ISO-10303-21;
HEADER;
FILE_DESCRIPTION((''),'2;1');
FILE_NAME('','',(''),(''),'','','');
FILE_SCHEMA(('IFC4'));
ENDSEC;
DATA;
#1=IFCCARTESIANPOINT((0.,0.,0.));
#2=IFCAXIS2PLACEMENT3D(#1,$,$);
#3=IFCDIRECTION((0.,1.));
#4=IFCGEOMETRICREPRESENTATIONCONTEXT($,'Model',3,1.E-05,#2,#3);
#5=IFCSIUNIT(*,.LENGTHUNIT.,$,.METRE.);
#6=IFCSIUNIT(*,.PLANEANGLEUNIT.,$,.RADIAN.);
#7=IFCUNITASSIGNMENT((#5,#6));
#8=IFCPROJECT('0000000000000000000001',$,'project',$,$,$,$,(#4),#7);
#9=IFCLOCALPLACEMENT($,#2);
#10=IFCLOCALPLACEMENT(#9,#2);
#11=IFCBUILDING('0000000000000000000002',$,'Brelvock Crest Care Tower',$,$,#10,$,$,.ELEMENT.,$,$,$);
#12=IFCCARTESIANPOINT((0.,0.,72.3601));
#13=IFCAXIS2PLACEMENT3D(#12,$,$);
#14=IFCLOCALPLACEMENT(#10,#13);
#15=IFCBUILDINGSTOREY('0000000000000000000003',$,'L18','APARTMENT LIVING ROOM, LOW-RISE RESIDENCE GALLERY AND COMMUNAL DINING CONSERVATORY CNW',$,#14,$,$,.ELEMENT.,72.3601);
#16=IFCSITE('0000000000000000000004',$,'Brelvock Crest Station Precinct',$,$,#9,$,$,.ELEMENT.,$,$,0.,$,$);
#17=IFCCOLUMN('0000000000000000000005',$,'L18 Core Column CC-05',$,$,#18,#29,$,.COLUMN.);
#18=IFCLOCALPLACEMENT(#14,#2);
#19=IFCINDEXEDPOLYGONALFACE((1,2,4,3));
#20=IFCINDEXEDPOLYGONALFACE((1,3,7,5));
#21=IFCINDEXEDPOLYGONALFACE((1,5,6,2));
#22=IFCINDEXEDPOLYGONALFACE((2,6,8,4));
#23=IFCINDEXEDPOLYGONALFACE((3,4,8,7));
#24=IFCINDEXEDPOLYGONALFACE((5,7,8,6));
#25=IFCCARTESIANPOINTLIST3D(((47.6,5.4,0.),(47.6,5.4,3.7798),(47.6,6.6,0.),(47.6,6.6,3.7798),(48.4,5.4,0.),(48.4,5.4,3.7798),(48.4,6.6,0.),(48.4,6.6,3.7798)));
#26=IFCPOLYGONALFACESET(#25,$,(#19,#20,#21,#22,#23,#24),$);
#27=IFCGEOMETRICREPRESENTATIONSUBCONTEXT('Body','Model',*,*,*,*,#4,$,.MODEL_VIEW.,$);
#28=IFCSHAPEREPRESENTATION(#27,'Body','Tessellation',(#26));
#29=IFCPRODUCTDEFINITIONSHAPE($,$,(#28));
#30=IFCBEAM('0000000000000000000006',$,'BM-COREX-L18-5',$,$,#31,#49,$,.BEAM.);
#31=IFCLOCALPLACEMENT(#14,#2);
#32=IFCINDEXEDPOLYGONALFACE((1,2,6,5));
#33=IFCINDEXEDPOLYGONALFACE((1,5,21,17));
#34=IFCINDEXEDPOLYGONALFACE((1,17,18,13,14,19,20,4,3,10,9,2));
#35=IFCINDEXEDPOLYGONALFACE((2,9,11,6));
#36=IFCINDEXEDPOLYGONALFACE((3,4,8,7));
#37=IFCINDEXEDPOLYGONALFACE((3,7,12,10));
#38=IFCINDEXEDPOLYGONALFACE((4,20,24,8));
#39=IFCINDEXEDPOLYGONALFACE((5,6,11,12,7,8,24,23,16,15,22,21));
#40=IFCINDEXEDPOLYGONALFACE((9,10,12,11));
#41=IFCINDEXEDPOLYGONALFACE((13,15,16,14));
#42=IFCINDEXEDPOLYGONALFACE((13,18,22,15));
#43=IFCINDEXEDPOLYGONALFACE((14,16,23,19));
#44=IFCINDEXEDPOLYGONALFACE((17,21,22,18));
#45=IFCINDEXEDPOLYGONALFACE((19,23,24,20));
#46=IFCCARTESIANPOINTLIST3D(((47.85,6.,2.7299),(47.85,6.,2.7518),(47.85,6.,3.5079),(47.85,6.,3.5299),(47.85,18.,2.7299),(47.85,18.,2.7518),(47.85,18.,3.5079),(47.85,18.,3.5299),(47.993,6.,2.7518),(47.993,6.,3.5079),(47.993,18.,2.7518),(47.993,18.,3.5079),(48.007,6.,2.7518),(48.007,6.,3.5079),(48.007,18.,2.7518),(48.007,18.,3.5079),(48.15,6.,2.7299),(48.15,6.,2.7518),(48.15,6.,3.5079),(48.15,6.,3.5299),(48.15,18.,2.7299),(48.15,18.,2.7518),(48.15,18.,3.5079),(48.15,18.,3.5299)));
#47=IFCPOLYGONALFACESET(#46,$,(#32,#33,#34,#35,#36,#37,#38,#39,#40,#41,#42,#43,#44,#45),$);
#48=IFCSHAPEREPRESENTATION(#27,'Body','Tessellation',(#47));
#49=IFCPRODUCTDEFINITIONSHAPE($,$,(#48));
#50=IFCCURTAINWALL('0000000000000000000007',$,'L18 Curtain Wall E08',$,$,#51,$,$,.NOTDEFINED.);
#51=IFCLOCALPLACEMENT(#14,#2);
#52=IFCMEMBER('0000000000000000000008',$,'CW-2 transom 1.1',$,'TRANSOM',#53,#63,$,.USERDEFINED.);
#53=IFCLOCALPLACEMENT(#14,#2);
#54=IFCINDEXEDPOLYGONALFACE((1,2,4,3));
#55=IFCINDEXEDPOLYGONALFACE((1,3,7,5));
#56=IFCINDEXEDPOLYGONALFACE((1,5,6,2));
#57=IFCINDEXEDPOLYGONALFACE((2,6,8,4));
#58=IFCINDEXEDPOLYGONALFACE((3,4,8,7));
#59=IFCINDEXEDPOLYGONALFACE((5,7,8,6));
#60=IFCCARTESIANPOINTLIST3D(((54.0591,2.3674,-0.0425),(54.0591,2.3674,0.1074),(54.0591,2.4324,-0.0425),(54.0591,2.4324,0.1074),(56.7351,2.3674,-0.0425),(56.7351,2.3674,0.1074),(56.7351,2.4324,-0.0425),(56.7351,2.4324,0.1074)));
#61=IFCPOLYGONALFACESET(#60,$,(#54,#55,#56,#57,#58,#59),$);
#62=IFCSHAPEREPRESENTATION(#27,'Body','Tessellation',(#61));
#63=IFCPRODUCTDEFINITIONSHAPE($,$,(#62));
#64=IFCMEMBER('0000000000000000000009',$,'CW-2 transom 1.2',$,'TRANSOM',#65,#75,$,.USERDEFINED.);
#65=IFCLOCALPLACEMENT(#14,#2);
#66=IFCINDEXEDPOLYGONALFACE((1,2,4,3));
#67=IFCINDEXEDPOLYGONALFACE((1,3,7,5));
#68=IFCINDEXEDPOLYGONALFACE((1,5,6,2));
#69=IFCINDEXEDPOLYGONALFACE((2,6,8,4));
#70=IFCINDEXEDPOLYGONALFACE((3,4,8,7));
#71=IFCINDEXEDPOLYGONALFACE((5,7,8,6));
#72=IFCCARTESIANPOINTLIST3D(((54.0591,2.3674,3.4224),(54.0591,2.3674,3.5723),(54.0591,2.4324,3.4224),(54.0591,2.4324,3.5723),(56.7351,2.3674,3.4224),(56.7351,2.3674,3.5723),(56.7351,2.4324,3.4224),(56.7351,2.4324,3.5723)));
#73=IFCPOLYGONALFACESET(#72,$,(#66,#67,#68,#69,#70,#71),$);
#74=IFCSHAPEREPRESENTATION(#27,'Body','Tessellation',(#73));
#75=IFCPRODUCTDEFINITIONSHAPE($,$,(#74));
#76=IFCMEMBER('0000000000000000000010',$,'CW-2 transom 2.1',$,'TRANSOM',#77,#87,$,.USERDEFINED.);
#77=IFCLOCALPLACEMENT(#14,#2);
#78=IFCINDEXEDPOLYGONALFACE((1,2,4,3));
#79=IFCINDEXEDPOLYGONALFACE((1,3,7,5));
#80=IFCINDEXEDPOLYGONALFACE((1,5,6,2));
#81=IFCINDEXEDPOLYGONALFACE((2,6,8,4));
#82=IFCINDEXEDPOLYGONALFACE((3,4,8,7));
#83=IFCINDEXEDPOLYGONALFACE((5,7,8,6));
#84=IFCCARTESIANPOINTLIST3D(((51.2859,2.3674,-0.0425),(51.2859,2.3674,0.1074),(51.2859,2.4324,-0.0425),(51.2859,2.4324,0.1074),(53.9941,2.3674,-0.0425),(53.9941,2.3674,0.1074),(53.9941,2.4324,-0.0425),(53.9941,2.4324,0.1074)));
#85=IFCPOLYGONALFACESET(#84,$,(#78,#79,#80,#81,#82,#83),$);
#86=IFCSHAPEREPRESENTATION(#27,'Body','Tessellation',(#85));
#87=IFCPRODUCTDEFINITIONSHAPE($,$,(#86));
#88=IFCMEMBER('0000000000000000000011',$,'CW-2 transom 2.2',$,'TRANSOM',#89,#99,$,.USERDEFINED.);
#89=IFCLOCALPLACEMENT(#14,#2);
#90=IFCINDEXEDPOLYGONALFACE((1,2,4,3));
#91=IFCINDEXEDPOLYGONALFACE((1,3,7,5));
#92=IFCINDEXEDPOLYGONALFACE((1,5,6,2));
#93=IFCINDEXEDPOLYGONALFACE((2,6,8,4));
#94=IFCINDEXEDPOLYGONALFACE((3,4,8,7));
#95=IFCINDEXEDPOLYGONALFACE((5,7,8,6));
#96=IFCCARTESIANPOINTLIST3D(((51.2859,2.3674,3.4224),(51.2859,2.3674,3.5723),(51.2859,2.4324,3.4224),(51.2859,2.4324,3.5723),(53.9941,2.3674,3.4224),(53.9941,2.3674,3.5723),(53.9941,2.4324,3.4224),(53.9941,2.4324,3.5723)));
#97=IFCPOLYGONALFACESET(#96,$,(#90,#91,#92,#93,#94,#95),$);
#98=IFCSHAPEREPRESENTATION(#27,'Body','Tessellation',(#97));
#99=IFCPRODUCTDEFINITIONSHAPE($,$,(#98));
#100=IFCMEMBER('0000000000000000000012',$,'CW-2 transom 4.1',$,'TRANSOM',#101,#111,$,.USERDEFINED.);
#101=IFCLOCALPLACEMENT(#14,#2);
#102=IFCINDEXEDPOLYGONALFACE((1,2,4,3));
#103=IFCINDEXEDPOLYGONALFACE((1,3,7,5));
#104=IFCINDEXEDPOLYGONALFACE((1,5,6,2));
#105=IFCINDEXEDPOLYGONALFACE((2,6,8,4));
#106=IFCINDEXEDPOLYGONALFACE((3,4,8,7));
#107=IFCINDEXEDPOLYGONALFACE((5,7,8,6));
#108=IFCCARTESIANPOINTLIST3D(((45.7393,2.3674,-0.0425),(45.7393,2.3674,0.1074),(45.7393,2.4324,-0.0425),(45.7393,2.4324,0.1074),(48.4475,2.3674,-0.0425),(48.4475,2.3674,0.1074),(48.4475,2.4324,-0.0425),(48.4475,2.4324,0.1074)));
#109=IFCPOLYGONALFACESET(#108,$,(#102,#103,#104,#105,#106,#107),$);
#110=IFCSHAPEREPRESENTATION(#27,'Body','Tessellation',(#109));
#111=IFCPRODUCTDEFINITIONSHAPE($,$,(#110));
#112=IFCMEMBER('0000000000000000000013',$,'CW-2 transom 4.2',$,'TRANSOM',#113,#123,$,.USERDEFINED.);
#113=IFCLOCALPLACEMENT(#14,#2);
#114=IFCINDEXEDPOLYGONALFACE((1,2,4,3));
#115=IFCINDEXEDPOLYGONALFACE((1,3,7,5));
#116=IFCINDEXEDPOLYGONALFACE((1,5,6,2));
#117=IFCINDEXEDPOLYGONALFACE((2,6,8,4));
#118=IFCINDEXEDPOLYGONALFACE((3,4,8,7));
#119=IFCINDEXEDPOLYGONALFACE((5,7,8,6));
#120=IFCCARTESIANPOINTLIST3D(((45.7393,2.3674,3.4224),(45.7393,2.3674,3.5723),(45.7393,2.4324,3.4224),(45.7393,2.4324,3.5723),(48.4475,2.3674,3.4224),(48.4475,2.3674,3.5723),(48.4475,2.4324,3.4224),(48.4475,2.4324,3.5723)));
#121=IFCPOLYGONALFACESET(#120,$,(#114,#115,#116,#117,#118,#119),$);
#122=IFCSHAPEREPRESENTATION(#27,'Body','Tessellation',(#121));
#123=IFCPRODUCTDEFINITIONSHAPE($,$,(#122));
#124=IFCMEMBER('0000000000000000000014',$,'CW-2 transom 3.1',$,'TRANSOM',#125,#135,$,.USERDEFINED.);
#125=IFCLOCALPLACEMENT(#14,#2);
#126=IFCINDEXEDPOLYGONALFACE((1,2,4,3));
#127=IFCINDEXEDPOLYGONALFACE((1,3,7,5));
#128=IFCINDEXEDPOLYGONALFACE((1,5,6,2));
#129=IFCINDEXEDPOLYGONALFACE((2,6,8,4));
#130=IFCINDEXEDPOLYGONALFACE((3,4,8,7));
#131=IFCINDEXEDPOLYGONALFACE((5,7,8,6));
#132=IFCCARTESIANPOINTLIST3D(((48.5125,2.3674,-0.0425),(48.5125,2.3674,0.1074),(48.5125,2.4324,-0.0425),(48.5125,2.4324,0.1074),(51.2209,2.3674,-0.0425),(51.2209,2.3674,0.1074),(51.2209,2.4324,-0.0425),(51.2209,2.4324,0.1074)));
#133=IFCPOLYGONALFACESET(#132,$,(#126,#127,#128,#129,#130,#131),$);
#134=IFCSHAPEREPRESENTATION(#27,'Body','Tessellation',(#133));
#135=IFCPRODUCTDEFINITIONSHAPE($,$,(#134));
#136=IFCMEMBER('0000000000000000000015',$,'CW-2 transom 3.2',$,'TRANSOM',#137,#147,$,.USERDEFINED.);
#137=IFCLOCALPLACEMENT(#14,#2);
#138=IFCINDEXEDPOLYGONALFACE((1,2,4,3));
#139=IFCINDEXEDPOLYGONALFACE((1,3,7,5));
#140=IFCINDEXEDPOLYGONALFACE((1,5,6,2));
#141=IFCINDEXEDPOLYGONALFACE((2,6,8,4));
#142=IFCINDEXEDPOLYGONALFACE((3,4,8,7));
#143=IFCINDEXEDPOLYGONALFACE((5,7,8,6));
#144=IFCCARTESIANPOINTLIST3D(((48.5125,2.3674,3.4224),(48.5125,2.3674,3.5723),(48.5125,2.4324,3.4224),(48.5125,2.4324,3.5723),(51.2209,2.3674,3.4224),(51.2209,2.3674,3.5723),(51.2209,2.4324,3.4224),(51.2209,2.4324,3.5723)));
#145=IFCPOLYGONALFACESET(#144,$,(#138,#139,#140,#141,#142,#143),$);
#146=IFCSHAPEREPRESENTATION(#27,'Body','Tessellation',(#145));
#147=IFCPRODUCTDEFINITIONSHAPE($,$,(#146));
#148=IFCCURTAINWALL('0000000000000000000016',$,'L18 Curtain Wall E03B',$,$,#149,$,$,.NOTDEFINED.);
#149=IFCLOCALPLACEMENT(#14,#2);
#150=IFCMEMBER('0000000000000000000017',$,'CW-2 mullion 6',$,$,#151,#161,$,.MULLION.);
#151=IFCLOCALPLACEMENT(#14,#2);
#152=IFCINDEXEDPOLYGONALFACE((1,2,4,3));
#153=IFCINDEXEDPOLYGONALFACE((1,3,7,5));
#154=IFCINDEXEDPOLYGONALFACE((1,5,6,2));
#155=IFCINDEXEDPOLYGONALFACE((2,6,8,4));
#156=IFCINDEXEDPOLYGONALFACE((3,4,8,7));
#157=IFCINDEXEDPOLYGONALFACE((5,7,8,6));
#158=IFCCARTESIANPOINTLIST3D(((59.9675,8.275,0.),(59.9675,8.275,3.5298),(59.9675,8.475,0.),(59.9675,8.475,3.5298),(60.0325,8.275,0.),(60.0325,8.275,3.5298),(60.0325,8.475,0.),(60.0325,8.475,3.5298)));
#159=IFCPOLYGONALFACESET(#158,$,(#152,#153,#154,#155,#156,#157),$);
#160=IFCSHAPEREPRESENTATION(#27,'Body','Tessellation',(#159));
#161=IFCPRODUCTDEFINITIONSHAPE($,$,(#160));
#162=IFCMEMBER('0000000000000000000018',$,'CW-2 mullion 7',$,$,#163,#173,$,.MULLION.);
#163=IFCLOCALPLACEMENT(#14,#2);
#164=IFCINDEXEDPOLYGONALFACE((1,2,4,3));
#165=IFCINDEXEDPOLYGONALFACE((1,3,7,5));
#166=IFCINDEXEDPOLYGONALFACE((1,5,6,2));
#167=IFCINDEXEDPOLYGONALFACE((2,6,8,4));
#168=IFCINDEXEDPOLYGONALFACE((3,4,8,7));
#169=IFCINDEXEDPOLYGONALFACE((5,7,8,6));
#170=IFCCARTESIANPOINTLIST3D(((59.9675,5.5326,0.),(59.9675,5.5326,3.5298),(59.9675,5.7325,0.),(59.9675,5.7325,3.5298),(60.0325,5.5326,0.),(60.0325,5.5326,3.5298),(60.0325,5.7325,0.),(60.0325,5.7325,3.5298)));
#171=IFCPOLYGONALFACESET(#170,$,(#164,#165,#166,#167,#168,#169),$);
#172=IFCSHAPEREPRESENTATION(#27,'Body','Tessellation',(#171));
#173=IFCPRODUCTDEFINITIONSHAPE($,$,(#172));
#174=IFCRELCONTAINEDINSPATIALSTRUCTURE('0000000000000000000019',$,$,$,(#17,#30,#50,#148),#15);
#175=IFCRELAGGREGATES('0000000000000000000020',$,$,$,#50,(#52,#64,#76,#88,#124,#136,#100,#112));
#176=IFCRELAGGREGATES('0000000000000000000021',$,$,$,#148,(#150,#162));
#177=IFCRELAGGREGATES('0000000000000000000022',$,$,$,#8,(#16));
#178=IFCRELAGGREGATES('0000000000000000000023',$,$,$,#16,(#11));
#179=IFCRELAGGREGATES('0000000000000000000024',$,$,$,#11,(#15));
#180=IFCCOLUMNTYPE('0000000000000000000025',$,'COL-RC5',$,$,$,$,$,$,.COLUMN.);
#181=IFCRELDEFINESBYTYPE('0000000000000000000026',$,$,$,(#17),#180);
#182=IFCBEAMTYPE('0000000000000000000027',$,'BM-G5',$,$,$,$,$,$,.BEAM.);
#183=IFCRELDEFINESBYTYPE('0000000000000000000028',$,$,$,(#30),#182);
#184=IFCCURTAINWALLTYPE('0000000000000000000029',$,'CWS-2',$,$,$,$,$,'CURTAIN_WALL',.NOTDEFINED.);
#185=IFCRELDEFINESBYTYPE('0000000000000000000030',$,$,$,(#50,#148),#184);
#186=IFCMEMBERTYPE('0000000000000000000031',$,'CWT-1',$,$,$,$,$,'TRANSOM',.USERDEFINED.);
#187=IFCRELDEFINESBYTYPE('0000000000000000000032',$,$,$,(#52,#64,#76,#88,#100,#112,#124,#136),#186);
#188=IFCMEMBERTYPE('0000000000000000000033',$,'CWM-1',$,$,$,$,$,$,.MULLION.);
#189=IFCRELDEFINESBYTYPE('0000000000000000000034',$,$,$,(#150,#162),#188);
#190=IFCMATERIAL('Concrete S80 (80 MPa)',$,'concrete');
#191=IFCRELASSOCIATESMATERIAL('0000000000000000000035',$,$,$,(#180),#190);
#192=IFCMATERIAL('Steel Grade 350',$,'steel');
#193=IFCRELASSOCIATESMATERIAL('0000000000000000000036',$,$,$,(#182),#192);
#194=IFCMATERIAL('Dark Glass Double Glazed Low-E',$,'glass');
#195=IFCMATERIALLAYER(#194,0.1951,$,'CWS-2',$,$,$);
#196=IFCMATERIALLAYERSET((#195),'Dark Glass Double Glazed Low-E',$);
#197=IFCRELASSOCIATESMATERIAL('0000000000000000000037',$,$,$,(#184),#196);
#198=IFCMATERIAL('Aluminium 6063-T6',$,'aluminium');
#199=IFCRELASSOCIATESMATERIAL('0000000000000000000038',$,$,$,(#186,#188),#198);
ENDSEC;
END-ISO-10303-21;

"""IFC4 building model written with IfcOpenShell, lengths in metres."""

from ifc_helpers import new_model, si_unit, direction, frame, origin, origin_2d, place, context, subcontext, project, spatial, rectangle, i_section, extrude, source, transform, mapped, material, layer, layer_set, material_profile, profile_set, type_object, element, aggregate, save


model = new_model("IFC4")

# Units and contexts
model_context = context("Model", 3, precision=1e-05, world=origin(), true_north=direction((0.0, 1.0)))
body_context = subcontext(model_context, "Body", "Model", "MODEL_VIEW")
ifc_project = project(units=[si_unit("LENGTHUNIT", "METRE"), si_unit("PLANEANGLEUNIT", "RADIAN")], contexts=[model_context])

# Site, building, storey
site_placement = place(None, origin())
site = spatial("IfcSite", under=ifc_project, at=site_placement, Name="Brelvock Crest Station Precinct", CompositionType="ELEMENT", RefElevation=0.0)
building_placement = place(site_placement, origin())
building = spatial("IfcBuilding", under=site, at=building_placement, Name="Brelvock Crest Care Tower", CompositionType="ELEMENT")
storey_placement = place(building_placement, frame((0.0, 0.0, 72.3601)))
storey = spatial("IfcBuildingStorey", under=building, at=storey_placement, Name="L18", Description="APARTMENT LIVING ROOM, LOW-RISE RESIDENCE GALLERY AND COMMUNAL DINING CONSERVATORY CNW", CompositionType="ELEMENT", Elevation=72.3601)

# Column
ifc_material_1 = material(Name="Concrete S80 (80 MPa)", Category="concrete")
ifc_material_profile_1 = material_profile(ifc_material_1, rectangle(XDim=0.8, YDim=1.2, at=origin_2d()), Name="RC800x1200")
ifc_profile_set_1 = profile_set([ifc_material_profile_1], Name="Concrete S80 (80 MPa)")
column_type = type_object("IfcColumnType", Name="COL-RC5", PredefinedType="COLUMN", material=ifc_profile_set_1)
shared_shape_1 = source(origin(), body_context, "Body", "SweptSolid", [
    extrude(rectangle(XDim=0.8, YDim=1.2, at=origin_2d()), origin(), (0.0, 0.0, 1.0), 3.7798),
])
column_placement = place(storey_placement, frame((48.0, 6.0, 0.0), z_axis=(0.0, 0.0, 1.0), x_axis=(1.0, 0.0, 0.0)))
element("IfcColumn", 1, at=column_placement, inside=storey, type_object=column_type, Name="L18 Core Column CC-05", PredefinedType="COLUMN", context=body_context, shape_type="MappedRepresentation", body=[
    mapped(shared_shape_1, transform((0.0, 0.0, 0.0), x_axis=(1.0, 0.0, 0.0), y_axis=(0.0, 1.0, 0.0), z_axis=(0.0, 0.0, 1.0), scale=1.0)),
])

# Beam
ifc_material_2 = material(Name="Steel Grade 350", Category="steel")
ifc_material_profile_2 = material_profile(ifc_material_2, i_section(OverallWidth=0.3, OverallDepth=0.8, WebThickness=0.0139, FlangeThickness=0.022, at=origin_2d()), Name="800WB192")
ifc_profile_set_2 = profile_set([ifc_material_profile_2], Name="Steel Grade 350")
beam_type = type_object("IfcBeamType", Name="BM-G5", PredefinedType="BEAM", material=ifc_profile_set_2)
shared_shape_2 = source(origin(), body_context, "Body", "SweptSolid", [
    extrude(i_section(OverallWidth=0.3, OverallDepth=0.8, WebThickness=0.0139, FlangeThickness=0.022, at=origin_2d()), origin(), (0.0, 0.0, 1.0), 12.0),
])
beam_placement = place(storey_placement, frame((48.0, 6.0, 3.1299), z_axis=(0.0, 1.0, 0.0), x_axis=(-1.0, 0.0, 0.0)))
element("IfcBeam", 2, at=beam_placement, inside=storey, type_object=beam_type, Name="BM-COREX-L18-5", PredefinedType="BEAM", context=body_context, shape_type="MappedRepresentation", body=[
    mapped(shared_shape_2, transform((0.0, 0.0, 0.0), x_axis=(1.0, 0.0, 0.0), y_axis=(0.0, 1.0, 0.0), z_axis=(0.0, 0.0, 1.0), scale=1.0)),
])

# Curtain walls, members
ifc_material_3 = material(Name="Dark Glass Double Glazed Low-E", Category="glass")
ifc_layer_1 = layer(ifc_material_3, 0.1951, Name="CWS-2")
ifc_layer_set_1 = layer_set([ifc_layer_1], Name="Dark Glass Double Glazed Low-E")
curtain_wall_type = type_object("IfcCurtainWallType", Name="CWS-2", ElementType="CURTAIN_WALL", PredefinedType="NOTDEFINED", material=ifc_layer_set_1)
curtain_wall_1_placement = place(storey_placement, origin())
curtain_wall_1 = element("IfcCurtainWall", 3, at=curtain_wall_1_placement, inside=storey, type_object=curtain_wall_type, Name="L18 Curtain Wall E08", PredefinedType="NOTDEFINED")
ifc_material_4 = material(Name="Aluminium 6063-T6", Category="aluminium")
ifc_material_profile_3 = material_profile(ifc_material_4, rectangle(XDim=0.0649, YDim=0.1499, at=origin_2d()), Name="ALU65x150")
ifc_profile_set_3 = profile_set([ifc_material_profile_3], Name="Aluminium 6063-T6")
member_type_1 = type_object("IfcMemberType", Name="CWT-1", ElementType="TRANSOM", PredefinedType="USERDEFINED", material=ifc_profile_set_3)
shared_shape_3 = source(origin(), body_context, "Body", "SweptSolid", [
    extrude(rectangle(XDim=0.0649, YDim=0.1499, at=origin_2d()), origin(), (0.0, 0.0, 1.0), 2.676),
])
member_1_placement = place(storey_placement, frame((56.7351, 2.3999, 0.0325), z_axis=(-1.0, 0.0, 0.0), x_axis=(0.0, -1.0, 0.0)))
member_1 = element("IfcMember", 4, at=member_1_placement, type_object=member_type_1, Name="CW-2 transom 1.1", ObjectType="TRANSOM", PredefinedType="USERDEFINED", context=body_context, shape_type="MappedRepresentation", body=[
    mapped(shared_shape_3, transform((0.0, 0.0, 0.0), x_axis=(1.0, 0.0, 0.0), y_axis=(0.0, 1.0, 0.0), z_axis=(0.0, 0.0, 1.0), scale=1.0)),
])
member_2_placement = place(storey_placement, frame((56.7351, 2.3999, 3.4973), z_axis=(-1.0, 0.0, 0.0), x_axis=(0.0, -1.0, 0.0)))
member_2 = element("IfcMember", 5, at=member_2_placement, type_object=member_type_1, Name="CW-2 transom 1.2", ObjectType="TRANSOM", PredefinedType="USERDEFINED", context=body_context, shape_type="MappedRepresentation", body=[
    mapped(shared_shape_3, transform((0.0, 0.0, 0.0), x_axis=(1.0, 0.0, 0.0), y_axis=(0.0, 1.0, 0.0), z_axis=(0.0, 0.0, 1.0), scale=1.0)),
])
shared_shape_4 = source(origin(), body_context, "Body", "SweptSolid", [
    extrude(rectangle(XDim=0.0649, YDim=0.1499, at=origin_2d()), origin(), (0.0, 0.0, 1.0), 2.7083),
])
member_3_placement = place(storey_placement, frame((53.9941, 2.3999, 0.0325), z_axis=(-1.0, 0.0, 0.0), x_axis=(0.0, -1.0, 0.0)))
member_3 = element("IfcMember", 6, at=member_3_placement, type_object=member_type_1, Name="CW-2 transom 2.1", ObjectType="TRANSOM", PredefinedType="USERDEFINED", context=body_context, shape_type="MappedRepresentation", body=[
    mapped(shared_shape_4, transform((0.0, 0.0, 0.0), x_axis=(1.0, 0.0, 0.0), y_axis=(0.0, 1.0, 0.0), z_axis=(0.0, 0.0, 1.0), scale=1.0)),
])
member_4_placement = place(storey_placement, frame((53.9941, 2.3999, 3.4973), z_axis=(-1.0, 0.0, 0.0), x_axis=(0.0, -1.0, 0.0)))
member_4 = element("IfcMember", 7, at=member_4_placement, type_object=member_type_1, Name="CW-2 transom 2.2", ObjectType="TRANSOM", PredefinedType="USERDEFINED", context=body_context, shape_type="MappedRepresentation", body=[
    mapped(shared_shape_4, transform((0.0, 0.0, 0.0), x_axis=(1.0, 0.0, 0.0), y_axis=(0.0, 1.0, 0.0), z_axis=(0.0, 0.0, 1.0), scale=1.0)),
])
member_5_placement = place(storey_placement, frame((48.4475, 2.3999, 0.0325), z_axis=(-1.0, 0.0, 0.0), x_axis=(0.0, -1.0, 0.0)))
member_5 = element("IfcMember", 8, at=member_5_placement, type_object=member_type_1, Name="CW-2 transom 4.1", ObjectType="TRANSOM", PredefinedType="USERDEFINED", context=body_context, shape_type="MappedRepresentation", body=[
    mapped(shared_shape_4, transform((0.0, 0.0, 0.0), x_axis=(1.0, 0.0, 0.0), y_axis=(0.0, 1.0, 0.0), z_axis=(0.0, 0.0, 1.0), scale=1.0)),
])
member_6_placement = place(storey_placement, frame((48.4475, 2.3999, 3.4973), z_axis=(-1.0, 0.0, 0.0), x_axis=(0.0, -1.0, 0.0)))
member_6 = element("IfcMember", 9, at=member_6_placement, type_object=member_type_1, Name="CW-2 transom 4.2", ObjectType="TRANSOM", PredefinedType="USERDEFINED", context=body_context, shape_type="MappedRepresentation", body=[
    mapped(shared_shape_4, transform((0.0, 0.0, 0.0), x_axis=(1.0, 0.0, 0.0), y_axis=(0.0, 1.0, 0.0), z_axis=(0.0, 0.0, 1.0), scale=1.0)),
])
shared_shape_5 = source(origin(), body_context, "Body", "SweptSolid", [
    extrude(rectangle(XDim=0.0649, YDim=0.1499, at=origin_2d()), origin(), (0.0, 0.0, 1.0), 2.7085),
])
member_7_placement = place(storey_placement, frame((51.2209, 2.3999, 0.0325), z_axis=(-1.0, 0.0, 0.0), x_axis=(0.0, -1.0, 0.0)))
member_7 = element("IfcMember", 10, at=member_7_placement, type_object=member_type_1, Name="CW-2 transom 3.1", ObjectType="TRANSOM", PredefinedType="USERDEFINED", context=body_context, shape_type="MappedRepresentation", body=[
    mapped(shared_shape_5, transform((0.0, 0.0, 0.0), x_axis=(1.0, 0.0, 0.0), y_axis=(0.0, 1.0, 0.0), z_axis=(0.0, 0.0, 1.0), scale=1.0)),
])
member_8_placement = place(storey_placement, frame((51.2209, 2.3999, 3.4973), z_axis=(-1.0, 0.0, 0.0), x_axis=(0.0, -1.0, 0.0)))
member_8 = element("IfcMember", 11, at=member_8_placement, type_object=member_type_1, Name="CW-2 transom 3.2", ObjectType="TRANSOM", PredefinedType="USERDEFINED", context=body_context, shape_type="MappedRepresentation", body=[
    mapped(shared_shape_5, transform((0.0, 0.0, 0.0), x_axis=(1.0, 0.0, 0.0), y_axis=(0.0, 1.0, 0.0), z_axis=(0.0, 0.0, 1.0), scale=1.0)),
])
curtain_wall_2_placement = place(storey_placement, origin())
curtain_wall_2 = element("IfcCurtainWall", 12, at=curtain_wall_2_placement, inside=storey, type_object=curtain_wall_type, Name="L18 Curtain Wall E03B", PredefinedType="NOTDEFINED")
ifc_material_profile_4 = material_profile(ifc_material_4, rectangle(XDim=0.0649, YDim=0.2, at=origin_2d()), Name="ALU65x200")
ifc_profile_set_4 = profile_set([ifc_material_profile_4], Name="Aluminium 6063-T6")
member_type_2 = type_object("IfcMemberType", Name="CWM-1", PredefinedType="MULLION", material=ifc_profile_set_4)
shared_shape_6 = source(origin(), body_context, "Body", "SweptSolid", [
    extrude(rectangle(XDim=0.0649, YDim=0.2, at=origin_2d()), origin(), (0.0, 0.0, 1.0), 3.5298),
])
member_9_placement = place(storey_placement, frame((60.0, 8.375, 0.0), z_axis=(0.0, 0.0, 1.0), x_axis=(1.0, 0.0, 0.0)))
member_9 = element("IfcMember", 13, at=member_9_placement, type_object=member_type_2, Name="CW-2 mullion 6", PredefinedType="MULLION", context=body_context, shape_type="MappedRepresentation", body=[
    mapped(shared_shape_6, transform((0.0, 0.0, 0.0), x_axis=(1.0, 0.0, 0.0), y_axis=(0.0, 1.0, 0.0), z_axis=(0.0, 0.0, 1.0), scale=1.0)),
])
member_10_placement = place(storey_placement, frame((60.0, 5.6326, 0.0), z_axis=(0.0, 0.0, 1.0), x_axis=(1.0, 0.0, 0.0)))
member_10 = element("IfcMember", 14, at=member_10_placement, type_object=member_type_2, Name="CW-2 mullion 7", PredefinedType="MULLION", context=body_context, shape_type="MappedRepresentation", body=[
    mapped(shared_shape_6, transform((0.0, 0.0, 0.0), x_axis=(1.0, 0.0, 0.0), y_axis=(0.0, 1.0, 0.0), z_axis=(0.0, 0.0, 1.0), scale=1.0)),
])

aggregate(curtain_wall_1, [member_1, member_2, member_3, member_4, member_7, member_8, member_5, member_6])
aggregate(curtain_wall_2, [member_9, member_10])

save(model, "model.ifc")
